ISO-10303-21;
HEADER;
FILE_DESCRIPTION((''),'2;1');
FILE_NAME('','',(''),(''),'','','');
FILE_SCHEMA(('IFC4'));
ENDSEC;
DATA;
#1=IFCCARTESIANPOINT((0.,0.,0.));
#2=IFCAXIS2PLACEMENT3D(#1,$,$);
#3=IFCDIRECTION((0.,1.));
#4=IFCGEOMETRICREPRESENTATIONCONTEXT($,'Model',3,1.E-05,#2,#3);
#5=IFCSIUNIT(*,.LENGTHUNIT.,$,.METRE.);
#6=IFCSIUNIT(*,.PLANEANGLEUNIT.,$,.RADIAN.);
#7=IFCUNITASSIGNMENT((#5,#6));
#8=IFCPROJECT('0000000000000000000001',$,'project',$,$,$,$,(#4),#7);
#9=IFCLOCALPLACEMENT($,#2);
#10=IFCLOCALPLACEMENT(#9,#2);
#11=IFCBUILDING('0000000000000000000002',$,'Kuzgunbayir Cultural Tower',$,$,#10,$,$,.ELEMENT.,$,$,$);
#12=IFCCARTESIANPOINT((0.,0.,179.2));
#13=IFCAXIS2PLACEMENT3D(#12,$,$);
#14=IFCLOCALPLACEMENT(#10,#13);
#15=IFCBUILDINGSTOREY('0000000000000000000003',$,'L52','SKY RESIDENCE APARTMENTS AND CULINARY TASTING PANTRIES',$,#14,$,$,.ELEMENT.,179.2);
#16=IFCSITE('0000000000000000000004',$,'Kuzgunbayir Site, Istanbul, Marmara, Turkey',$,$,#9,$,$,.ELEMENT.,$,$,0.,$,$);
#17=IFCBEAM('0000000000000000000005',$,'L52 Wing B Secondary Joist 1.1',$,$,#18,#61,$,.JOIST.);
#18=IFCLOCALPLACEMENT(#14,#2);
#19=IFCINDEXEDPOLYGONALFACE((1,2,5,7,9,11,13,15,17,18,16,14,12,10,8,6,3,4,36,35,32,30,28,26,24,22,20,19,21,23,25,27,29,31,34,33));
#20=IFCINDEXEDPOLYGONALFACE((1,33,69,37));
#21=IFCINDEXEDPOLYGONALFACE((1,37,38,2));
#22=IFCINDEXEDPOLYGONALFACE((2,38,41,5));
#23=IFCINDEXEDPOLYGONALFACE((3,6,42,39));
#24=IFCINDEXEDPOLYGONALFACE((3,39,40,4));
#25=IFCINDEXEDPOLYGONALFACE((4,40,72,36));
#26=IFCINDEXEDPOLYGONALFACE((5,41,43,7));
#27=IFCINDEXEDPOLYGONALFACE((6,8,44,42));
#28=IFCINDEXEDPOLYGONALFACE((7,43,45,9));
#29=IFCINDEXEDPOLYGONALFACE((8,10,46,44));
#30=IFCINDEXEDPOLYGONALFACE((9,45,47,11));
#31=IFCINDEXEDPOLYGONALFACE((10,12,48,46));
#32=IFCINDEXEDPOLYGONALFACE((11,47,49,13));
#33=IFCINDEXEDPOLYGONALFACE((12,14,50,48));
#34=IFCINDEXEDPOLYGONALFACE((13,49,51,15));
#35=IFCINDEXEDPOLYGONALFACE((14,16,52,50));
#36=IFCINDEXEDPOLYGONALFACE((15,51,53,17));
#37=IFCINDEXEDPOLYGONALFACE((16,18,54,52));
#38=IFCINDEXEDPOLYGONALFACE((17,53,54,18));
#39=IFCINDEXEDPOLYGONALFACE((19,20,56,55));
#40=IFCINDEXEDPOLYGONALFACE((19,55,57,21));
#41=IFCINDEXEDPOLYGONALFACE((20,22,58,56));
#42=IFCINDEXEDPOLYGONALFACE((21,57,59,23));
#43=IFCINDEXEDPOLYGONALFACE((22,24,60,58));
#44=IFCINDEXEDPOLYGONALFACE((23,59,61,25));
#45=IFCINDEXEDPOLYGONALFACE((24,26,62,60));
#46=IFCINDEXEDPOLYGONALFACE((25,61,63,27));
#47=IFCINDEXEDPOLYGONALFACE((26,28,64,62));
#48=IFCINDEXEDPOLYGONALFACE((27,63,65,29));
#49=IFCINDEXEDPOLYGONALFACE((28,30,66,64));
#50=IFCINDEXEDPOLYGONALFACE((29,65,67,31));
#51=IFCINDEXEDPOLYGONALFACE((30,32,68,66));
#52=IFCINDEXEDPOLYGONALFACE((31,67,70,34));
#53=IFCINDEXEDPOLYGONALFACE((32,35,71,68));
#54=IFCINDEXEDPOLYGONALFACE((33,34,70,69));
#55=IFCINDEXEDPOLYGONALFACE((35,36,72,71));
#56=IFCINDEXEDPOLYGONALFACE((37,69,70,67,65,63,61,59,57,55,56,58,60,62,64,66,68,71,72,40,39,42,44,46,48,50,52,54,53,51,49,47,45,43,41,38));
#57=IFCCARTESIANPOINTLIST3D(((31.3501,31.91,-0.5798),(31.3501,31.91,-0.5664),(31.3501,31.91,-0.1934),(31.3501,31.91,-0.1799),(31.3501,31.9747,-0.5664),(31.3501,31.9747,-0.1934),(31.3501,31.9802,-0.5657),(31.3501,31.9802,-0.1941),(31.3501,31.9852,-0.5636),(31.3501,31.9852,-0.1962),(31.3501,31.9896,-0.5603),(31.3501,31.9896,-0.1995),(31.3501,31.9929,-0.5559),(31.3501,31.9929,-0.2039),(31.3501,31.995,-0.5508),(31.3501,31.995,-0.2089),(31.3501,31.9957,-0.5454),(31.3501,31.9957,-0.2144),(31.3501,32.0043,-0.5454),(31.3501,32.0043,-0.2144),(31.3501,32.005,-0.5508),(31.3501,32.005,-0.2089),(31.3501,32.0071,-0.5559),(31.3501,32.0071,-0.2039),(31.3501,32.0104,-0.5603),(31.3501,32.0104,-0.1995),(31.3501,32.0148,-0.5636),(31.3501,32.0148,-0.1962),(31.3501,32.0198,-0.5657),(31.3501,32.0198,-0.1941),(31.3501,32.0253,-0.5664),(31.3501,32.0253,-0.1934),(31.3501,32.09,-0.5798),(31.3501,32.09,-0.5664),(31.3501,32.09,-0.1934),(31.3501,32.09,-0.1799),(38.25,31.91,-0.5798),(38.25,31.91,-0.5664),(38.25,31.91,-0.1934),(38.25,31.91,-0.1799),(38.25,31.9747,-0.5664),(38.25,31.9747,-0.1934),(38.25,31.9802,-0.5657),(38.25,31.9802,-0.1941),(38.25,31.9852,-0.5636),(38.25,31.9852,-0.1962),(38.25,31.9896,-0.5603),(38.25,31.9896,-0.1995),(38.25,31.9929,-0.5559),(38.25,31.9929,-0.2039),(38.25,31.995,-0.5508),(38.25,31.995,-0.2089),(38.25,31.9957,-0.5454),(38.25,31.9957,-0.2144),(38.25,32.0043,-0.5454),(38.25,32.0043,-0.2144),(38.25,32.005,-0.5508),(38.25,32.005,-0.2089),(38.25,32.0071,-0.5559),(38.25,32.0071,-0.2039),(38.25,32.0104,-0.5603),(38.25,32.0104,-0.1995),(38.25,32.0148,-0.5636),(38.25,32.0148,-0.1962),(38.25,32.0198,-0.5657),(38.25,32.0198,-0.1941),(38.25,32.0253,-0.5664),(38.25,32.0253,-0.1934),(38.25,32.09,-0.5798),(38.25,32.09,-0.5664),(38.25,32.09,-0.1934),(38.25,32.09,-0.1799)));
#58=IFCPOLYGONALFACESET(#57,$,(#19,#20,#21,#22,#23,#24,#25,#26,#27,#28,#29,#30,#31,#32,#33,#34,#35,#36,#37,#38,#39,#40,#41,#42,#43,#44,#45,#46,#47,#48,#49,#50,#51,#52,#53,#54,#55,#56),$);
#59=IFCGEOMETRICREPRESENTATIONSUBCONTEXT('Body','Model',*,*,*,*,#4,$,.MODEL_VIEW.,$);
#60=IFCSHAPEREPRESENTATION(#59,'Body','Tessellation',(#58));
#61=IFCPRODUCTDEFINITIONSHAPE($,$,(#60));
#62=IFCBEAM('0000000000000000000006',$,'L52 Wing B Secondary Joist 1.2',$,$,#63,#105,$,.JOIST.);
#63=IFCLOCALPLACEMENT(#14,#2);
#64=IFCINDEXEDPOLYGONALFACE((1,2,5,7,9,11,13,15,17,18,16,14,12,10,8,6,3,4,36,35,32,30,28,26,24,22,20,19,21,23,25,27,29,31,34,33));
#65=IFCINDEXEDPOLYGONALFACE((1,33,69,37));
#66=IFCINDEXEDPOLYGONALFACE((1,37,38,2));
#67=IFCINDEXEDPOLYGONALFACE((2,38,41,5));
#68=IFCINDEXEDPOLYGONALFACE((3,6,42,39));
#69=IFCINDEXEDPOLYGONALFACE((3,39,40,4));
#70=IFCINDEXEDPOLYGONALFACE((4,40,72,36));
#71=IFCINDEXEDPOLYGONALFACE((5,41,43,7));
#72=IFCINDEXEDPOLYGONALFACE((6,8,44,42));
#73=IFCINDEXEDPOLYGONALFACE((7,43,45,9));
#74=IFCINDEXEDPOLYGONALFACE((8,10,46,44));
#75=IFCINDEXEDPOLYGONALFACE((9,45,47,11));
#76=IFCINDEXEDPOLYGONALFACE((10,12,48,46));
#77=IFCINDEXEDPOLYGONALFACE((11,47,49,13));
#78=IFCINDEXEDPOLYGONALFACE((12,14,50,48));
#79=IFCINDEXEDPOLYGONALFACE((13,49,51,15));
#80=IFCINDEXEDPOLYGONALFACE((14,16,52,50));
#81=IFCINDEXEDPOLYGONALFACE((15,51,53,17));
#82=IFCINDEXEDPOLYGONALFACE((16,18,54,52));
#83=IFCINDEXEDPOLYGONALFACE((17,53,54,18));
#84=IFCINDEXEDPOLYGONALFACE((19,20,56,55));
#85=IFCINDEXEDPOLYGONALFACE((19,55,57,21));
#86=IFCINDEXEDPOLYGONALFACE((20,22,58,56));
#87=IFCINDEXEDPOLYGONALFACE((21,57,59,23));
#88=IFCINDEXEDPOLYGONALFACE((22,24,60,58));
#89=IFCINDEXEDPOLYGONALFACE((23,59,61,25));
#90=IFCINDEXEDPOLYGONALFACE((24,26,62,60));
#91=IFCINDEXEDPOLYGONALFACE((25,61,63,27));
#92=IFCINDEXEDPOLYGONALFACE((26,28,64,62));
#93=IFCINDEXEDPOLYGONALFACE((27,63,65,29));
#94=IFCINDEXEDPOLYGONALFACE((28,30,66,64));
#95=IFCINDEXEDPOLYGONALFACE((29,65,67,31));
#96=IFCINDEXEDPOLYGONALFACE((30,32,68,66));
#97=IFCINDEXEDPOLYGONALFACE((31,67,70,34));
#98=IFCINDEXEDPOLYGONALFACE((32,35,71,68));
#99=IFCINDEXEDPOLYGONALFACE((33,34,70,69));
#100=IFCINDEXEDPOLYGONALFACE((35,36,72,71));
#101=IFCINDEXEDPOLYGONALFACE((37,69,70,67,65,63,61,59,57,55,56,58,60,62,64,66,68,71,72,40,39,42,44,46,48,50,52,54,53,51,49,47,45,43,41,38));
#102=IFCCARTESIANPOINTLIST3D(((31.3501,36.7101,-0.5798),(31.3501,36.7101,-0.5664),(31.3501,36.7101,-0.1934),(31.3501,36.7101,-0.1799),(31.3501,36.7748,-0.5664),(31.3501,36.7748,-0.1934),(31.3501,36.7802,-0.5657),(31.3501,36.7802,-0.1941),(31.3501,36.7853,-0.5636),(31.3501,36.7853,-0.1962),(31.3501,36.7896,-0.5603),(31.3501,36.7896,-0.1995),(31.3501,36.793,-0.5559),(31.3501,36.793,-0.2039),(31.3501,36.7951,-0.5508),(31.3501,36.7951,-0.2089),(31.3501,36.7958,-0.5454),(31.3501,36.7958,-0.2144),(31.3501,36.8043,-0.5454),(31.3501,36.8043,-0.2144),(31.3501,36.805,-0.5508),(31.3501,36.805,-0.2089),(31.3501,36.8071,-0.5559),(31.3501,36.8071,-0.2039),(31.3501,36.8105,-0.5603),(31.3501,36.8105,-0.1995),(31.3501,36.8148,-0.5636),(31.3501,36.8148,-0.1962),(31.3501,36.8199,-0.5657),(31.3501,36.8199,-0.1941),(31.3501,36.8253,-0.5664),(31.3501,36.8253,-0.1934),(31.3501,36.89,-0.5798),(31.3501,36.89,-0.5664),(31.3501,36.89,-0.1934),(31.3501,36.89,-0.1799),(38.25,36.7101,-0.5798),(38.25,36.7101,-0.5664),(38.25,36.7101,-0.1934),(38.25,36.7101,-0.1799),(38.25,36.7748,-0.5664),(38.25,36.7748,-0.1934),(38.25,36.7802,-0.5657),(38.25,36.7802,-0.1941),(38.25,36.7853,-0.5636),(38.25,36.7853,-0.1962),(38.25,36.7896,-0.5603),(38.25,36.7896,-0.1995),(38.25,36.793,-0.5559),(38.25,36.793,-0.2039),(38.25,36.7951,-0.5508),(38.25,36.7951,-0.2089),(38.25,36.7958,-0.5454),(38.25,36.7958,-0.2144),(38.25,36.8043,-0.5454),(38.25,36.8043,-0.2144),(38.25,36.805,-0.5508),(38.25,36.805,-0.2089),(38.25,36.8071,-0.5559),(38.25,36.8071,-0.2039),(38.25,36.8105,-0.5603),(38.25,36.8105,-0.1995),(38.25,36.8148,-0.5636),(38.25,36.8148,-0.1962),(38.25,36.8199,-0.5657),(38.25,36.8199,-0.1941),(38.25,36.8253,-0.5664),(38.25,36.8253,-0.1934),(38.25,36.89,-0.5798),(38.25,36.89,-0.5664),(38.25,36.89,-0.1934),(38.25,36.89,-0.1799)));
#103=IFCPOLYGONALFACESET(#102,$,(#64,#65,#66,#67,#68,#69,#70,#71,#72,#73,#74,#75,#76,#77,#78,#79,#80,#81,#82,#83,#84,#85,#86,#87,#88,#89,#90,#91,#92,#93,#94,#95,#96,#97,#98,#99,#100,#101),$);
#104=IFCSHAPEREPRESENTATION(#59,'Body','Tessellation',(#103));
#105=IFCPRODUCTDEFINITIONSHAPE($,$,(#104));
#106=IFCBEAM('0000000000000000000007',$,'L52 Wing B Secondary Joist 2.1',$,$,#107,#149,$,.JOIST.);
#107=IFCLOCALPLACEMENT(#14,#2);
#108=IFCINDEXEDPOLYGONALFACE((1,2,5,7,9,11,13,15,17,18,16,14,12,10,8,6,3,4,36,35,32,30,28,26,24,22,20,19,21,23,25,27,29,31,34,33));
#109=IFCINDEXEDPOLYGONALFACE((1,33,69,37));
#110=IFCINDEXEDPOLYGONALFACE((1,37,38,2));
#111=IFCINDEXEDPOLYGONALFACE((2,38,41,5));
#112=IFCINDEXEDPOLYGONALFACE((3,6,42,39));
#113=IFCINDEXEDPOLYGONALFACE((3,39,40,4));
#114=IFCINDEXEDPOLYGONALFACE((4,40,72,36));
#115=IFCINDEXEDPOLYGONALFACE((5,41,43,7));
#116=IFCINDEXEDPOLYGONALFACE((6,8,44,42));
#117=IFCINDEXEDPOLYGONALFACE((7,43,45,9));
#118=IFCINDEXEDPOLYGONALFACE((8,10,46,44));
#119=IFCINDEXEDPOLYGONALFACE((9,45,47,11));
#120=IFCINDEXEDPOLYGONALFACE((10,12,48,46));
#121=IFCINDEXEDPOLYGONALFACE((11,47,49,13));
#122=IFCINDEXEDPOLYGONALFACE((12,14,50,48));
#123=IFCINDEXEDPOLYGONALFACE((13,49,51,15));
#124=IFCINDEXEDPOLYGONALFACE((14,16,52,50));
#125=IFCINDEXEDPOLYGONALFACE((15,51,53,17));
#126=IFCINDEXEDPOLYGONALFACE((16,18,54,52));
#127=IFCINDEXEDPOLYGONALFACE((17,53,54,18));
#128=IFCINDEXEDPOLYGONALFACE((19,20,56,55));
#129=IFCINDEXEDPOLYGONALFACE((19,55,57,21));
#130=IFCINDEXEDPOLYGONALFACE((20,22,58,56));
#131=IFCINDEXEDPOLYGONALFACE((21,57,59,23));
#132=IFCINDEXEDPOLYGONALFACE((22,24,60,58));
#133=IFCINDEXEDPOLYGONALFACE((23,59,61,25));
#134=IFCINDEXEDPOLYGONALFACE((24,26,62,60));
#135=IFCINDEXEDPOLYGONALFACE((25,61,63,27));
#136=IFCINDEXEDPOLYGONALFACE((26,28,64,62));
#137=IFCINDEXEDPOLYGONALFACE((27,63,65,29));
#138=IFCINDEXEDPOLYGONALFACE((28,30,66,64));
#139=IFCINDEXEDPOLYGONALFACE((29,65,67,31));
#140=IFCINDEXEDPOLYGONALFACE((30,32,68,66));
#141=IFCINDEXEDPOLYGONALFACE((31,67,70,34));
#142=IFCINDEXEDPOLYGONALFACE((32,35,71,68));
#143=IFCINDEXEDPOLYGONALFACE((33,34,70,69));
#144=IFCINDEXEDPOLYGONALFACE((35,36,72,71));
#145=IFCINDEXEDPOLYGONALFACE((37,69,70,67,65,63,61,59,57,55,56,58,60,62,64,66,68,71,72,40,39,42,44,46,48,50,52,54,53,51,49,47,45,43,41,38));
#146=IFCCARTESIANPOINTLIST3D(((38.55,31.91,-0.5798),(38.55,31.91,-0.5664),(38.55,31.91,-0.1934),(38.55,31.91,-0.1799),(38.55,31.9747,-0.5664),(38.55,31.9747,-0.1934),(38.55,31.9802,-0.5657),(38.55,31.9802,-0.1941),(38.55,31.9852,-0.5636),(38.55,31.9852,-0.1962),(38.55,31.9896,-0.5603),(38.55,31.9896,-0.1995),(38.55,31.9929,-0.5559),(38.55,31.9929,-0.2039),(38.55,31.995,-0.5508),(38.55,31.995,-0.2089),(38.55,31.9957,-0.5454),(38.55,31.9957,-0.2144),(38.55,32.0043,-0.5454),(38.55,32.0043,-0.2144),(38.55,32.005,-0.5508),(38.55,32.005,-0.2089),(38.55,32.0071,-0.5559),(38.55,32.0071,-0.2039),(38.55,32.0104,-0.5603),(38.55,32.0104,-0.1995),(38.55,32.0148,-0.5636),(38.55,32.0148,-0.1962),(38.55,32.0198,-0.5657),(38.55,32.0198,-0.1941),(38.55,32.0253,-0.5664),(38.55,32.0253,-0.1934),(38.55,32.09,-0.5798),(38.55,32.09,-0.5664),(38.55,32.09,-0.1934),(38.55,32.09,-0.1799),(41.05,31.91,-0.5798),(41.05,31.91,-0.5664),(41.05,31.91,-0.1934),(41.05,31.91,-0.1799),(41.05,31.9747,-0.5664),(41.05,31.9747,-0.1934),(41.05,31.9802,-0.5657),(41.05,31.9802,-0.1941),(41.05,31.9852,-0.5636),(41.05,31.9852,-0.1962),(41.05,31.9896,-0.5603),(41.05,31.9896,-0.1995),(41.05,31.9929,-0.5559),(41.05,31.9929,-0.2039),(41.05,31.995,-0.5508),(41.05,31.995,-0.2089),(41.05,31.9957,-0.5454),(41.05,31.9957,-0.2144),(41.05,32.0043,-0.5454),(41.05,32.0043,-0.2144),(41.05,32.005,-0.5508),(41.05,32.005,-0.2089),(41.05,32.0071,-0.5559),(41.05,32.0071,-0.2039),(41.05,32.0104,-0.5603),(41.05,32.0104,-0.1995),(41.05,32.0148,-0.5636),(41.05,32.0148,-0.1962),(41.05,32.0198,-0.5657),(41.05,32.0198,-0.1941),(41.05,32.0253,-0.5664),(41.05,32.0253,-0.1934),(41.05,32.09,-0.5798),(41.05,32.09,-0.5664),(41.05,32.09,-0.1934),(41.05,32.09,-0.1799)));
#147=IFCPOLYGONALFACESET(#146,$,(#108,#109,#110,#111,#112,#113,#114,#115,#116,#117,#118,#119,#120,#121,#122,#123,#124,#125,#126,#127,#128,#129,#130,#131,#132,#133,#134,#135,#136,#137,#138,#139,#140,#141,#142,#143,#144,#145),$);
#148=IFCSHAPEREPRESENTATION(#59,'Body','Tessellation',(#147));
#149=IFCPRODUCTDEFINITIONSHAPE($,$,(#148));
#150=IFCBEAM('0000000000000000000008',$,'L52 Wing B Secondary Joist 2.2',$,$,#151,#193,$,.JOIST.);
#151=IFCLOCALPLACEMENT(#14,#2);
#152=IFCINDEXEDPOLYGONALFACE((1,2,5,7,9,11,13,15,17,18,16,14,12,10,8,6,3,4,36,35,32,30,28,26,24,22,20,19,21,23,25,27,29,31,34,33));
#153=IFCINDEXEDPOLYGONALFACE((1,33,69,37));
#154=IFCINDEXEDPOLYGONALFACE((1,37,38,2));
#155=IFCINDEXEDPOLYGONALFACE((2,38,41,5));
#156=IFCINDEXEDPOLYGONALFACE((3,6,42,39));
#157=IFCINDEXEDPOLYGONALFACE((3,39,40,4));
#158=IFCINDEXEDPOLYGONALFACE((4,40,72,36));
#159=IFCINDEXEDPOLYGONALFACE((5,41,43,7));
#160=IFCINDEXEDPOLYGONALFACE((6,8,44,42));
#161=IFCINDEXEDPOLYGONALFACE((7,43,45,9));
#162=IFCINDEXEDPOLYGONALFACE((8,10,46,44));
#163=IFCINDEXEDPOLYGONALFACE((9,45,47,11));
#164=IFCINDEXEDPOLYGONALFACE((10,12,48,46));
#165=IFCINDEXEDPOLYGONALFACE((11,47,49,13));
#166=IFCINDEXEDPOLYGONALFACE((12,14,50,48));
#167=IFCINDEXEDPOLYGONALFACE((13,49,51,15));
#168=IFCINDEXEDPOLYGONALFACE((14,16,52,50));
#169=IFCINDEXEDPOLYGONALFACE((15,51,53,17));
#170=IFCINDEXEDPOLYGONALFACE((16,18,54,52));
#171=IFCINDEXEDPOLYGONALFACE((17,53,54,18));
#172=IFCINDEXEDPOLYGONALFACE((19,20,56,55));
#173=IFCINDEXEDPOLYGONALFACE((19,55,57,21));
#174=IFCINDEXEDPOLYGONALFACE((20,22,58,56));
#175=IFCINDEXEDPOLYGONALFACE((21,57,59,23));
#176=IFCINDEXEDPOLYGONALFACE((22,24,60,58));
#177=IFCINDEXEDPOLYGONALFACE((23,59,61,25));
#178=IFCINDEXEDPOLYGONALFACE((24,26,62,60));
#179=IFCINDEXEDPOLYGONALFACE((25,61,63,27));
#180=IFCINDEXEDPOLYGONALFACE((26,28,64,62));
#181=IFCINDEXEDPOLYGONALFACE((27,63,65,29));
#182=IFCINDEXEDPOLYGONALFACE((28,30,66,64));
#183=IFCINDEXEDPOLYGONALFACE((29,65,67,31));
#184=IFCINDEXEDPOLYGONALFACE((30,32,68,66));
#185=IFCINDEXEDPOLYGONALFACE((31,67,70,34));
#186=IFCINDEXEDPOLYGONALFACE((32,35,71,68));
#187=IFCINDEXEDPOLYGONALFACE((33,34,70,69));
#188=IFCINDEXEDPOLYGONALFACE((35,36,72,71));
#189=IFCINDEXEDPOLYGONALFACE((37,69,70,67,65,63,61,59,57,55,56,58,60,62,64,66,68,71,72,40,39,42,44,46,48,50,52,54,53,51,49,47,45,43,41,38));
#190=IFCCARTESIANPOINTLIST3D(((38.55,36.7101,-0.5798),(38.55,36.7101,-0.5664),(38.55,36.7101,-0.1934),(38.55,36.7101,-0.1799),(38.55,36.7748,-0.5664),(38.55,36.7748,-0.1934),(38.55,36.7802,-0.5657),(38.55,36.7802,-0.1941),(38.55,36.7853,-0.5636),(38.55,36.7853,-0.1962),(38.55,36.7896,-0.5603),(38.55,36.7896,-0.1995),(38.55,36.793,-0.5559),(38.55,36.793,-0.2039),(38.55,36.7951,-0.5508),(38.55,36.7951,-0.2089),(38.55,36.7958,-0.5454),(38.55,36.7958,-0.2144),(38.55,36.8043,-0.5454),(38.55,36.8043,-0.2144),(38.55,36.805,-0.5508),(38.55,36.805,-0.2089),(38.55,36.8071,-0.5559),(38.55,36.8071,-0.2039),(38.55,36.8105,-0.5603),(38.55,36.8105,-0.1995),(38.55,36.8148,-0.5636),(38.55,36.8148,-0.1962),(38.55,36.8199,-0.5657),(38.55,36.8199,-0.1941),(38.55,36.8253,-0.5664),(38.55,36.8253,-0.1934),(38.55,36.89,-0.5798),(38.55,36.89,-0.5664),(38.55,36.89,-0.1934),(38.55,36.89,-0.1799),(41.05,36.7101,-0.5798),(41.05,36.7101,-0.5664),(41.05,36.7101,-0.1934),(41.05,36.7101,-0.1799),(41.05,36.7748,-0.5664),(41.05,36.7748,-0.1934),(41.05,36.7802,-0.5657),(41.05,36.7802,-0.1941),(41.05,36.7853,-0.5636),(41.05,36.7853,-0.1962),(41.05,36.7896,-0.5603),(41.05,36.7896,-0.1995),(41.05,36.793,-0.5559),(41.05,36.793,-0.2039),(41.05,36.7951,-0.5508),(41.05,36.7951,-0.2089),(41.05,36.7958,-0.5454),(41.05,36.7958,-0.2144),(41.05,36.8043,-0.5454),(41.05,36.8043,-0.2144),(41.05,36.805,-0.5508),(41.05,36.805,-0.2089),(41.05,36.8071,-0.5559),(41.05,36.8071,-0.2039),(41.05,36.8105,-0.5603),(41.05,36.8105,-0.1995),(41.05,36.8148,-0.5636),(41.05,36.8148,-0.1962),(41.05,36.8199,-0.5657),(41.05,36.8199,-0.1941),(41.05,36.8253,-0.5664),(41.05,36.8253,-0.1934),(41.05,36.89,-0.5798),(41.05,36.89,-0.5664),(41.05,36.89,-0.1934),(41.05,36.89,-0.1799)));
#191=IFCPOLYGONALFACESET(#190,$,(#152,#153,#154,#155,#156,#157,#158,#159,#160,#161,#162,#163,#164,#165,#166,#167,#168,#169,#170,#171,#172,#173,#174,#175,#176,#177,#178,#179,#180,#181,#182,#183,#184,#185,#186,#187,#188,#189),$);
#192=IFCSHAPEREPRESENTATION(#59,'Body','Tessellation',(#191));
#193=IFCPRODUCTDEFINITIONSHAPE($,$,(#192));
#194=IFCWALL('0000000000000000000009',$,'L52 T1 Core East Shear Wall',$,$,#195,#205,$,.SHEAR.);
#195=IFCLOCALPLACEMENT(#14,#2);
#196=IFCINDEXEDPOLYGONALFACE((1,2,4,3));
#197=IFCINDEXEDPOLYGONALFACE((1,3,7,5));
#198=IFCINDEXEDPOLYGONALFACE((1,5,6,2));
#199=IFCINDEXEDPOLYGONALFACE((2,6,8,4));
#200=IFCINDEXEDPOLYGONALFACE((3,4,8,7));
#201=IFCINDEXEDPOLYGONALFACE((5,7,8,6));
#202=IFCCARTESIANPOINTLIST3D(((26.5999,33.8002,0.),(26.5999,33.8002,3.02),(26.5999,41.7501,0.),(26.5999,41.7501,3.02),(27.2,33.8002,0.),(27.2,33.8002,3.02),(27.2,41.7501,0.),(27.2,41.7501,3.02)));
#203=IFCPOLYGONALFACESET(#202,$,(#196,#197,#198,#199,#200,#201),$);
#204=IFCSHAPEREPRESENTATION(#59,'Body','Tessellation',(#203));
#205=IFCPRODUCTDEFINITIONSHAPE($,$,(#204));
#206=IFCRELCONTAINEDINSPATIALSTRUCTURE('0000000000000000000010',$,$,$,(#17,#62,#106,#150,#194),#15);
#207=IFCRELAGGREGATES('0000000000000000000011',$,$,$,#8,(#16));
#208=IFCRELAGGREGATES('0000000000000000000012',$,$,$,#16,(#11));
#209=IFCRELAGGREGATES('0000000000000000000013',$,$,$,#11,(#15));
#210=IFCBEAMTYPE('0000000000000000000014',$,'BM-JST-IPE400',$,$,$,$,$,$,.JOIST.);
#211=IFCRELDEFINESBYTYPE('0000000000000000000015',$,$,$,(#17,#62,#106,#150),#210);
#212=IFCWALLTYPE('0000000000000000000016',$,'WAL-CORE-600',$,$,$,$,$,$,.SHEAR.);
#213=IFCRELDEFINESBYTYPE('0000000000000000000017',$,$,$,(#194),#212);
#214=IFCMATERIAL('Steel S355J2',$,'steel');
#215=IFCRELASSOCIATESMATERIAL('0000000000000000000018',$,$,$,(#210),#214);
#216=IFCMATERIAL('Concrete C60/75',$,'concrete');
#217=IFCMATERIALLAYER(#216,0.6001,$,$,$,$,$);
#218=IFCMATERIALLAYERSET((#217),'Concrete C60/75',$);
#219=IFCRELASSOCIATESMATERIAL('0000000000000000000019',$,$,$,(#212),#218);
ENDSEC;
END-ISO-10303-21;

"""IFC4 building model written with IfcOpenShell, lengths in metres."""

from ifc_helpers import new_model, si_unit, direction, frame, frame_2d, origin, origin_2d, place, context, subcontext, project, spatial, rectangle, i_section, extrude, material, layer, layer_set, material_profile, profile_set, type_object, element, save


model = new_model("IFC4")

# Units and contexts
model_context = context("Model", 3, precision=1e-05, world=origin(), true_north=direction((0.0, 1.0)))
body_context = subcontext(model_context, "Body", "Model", "MODEL_VIEW")
ifc_project = project(units=[si_unit("LENGTHUNIT", "METRE"), si_unit("PLANEANGLEUNIT", "RADIAN")], contexts=[model_context])

# Site, building, storey
site_placement = place(None, origin())
site = spatial("IfcSite", under=ifc_project, at=site_placement, Name="Kuzgunbayir Site, Istanbul, Marmara, Turkey", CompositionType="ELEMENT", RefElevation=0.0)
building_placement = place(site_placement, origin())
building = spatial("IfcBuilding", under=site, at=building_placement, Name="Kuzgunbayir Cultural Tower", CompositionType="ELEMENT")
storey_placement = place(building_placement, frame((0.0, 0.0, 179.2)))
storey = spatial("IfcBuildingStorey", under=building, at=storey_placement, Name="L52", Description="SKY RESIDENCE APARTMENTS AND CULINARY TASTING PANTRIES", CompositionType="ELEMENT", Elevation=179.2)

# Beams
ifc_material_1 = material(Name="Steel S355J2", Category="steel")
ifc_material_profile_1 = material_profile(ifc_material_1, i_section(OverallWidth=0.1799, OverallDepth=0.3999, WebThickness=0.0085, FlangeThickness=0.0134, FilletRadius=0.021, at=origin_2d()), Name="IPE 400")
ifc_profile_set_1 = profile_set([ifc_material_profile_1], Name="Steel S355J2")
beam_type_1 = type_object("IfcBeamType", Name="BM-JST-IPE400", PredefinedType="JOIST", material=ifc_profile_set_1)
for number, where, z_axis, x_axis, name in (
    (1, (31.3501, 32.0, -0.3799), (1.0, 0.0, 0.0), (0.0, 1.0, 0.0), "L52 Wing B Secondary Joist 1.1"),
    (2, (31.3501, 36.8, -0.3799), (1.0, 0.0, 0.0), (0.0, 1.0, 0.0), "L52 Wing B Secondary Joist 1.2"),
):
    element("IfcBeam", number, at=place(storey_placement, frame(where, z_axis=z_axis, x_axis=x_axis)), inside=storey, type_object=beam_type_1, Name=name, PredefinedType="JOIST", context=body_context, shape_type="SweptSolid", body=[
        extrude(i_section(OverallWidth=0.1799, OverallDepth=0.3999, WebThickness=0.0085, FlangeThickness=0.0134, FilletRadius=0.021, at=origin_2d()), origin(), (0.0, 0.0, 1.0), 6.8999),
    ])
for number, where, z_axis, x_axis, name in (
    (3, (38.55, 32.0, -0.3799), (1.0, 0.0, 0.0), (0.0, 1.0, 0.0), "L52 Wing B Secondary Joist 2.1"),
    (4, (38.55, 36.8, -0.3799), (1.0, 0.0, 0.0), (0.0, 1.0, 0.0), "L52 Wing B Secondary Joist 2.2"),
):
    element("IfcBeam", number, at=place(storey_placement, frame(where, z_axis=z_axis, x_axis=x_axis)), inside=storey, type_object=beam_type_1, Name=name, PredefinedType="JOIST", context=body_context, shape_type="SweptSolid", body=[
        extrude(i_section(OverallWidth=0.1799, OverallDepth=0.3999, WebThickness=0.0085, FlangeThickness=0.0134, FilletRadius=0.021, at=origin_2d()), origin(), (0.0, 0.0, 1.0), 2.5),
    ])

# Wall
ifc_material_2 = material(Name="Concrete C60/75", Category="concrete")
ifc_layer_1 = layer(ifc_material_2, 0.6001)
ifc_layer_set_1 = layer_set([ifc_layer_1], Name="Concrete C60/75")
wall_type_1 = type_object("IfcWallType", Name="WAL-CORE-600", PredefinedType="SHEAR", material=ifc_layer_set_1)
wall_1_placement = place(storey_placement, frame((26.8999, 33.8, 0.0), z_axis=(0.0, 0.0, 1.0), x_axis=(0.0, 1.0, 0.0)))
element("IfcWall", 5, at=wall_1_placement, inside=storey, type_object=wall_type_1, Name="L52 T1 Core East Shear Wall", PredefinedType="SHEAR", context=body_context, shape_type="SweptSolid", body=[
    extrude(rectangle(XDim=7.95, YDim=0.6001, at=frame_2d((3.9751, 0.0))), origin(), (0.0, 0.0, 1.0), 3.02),
])

save(model, "model.ifc")
